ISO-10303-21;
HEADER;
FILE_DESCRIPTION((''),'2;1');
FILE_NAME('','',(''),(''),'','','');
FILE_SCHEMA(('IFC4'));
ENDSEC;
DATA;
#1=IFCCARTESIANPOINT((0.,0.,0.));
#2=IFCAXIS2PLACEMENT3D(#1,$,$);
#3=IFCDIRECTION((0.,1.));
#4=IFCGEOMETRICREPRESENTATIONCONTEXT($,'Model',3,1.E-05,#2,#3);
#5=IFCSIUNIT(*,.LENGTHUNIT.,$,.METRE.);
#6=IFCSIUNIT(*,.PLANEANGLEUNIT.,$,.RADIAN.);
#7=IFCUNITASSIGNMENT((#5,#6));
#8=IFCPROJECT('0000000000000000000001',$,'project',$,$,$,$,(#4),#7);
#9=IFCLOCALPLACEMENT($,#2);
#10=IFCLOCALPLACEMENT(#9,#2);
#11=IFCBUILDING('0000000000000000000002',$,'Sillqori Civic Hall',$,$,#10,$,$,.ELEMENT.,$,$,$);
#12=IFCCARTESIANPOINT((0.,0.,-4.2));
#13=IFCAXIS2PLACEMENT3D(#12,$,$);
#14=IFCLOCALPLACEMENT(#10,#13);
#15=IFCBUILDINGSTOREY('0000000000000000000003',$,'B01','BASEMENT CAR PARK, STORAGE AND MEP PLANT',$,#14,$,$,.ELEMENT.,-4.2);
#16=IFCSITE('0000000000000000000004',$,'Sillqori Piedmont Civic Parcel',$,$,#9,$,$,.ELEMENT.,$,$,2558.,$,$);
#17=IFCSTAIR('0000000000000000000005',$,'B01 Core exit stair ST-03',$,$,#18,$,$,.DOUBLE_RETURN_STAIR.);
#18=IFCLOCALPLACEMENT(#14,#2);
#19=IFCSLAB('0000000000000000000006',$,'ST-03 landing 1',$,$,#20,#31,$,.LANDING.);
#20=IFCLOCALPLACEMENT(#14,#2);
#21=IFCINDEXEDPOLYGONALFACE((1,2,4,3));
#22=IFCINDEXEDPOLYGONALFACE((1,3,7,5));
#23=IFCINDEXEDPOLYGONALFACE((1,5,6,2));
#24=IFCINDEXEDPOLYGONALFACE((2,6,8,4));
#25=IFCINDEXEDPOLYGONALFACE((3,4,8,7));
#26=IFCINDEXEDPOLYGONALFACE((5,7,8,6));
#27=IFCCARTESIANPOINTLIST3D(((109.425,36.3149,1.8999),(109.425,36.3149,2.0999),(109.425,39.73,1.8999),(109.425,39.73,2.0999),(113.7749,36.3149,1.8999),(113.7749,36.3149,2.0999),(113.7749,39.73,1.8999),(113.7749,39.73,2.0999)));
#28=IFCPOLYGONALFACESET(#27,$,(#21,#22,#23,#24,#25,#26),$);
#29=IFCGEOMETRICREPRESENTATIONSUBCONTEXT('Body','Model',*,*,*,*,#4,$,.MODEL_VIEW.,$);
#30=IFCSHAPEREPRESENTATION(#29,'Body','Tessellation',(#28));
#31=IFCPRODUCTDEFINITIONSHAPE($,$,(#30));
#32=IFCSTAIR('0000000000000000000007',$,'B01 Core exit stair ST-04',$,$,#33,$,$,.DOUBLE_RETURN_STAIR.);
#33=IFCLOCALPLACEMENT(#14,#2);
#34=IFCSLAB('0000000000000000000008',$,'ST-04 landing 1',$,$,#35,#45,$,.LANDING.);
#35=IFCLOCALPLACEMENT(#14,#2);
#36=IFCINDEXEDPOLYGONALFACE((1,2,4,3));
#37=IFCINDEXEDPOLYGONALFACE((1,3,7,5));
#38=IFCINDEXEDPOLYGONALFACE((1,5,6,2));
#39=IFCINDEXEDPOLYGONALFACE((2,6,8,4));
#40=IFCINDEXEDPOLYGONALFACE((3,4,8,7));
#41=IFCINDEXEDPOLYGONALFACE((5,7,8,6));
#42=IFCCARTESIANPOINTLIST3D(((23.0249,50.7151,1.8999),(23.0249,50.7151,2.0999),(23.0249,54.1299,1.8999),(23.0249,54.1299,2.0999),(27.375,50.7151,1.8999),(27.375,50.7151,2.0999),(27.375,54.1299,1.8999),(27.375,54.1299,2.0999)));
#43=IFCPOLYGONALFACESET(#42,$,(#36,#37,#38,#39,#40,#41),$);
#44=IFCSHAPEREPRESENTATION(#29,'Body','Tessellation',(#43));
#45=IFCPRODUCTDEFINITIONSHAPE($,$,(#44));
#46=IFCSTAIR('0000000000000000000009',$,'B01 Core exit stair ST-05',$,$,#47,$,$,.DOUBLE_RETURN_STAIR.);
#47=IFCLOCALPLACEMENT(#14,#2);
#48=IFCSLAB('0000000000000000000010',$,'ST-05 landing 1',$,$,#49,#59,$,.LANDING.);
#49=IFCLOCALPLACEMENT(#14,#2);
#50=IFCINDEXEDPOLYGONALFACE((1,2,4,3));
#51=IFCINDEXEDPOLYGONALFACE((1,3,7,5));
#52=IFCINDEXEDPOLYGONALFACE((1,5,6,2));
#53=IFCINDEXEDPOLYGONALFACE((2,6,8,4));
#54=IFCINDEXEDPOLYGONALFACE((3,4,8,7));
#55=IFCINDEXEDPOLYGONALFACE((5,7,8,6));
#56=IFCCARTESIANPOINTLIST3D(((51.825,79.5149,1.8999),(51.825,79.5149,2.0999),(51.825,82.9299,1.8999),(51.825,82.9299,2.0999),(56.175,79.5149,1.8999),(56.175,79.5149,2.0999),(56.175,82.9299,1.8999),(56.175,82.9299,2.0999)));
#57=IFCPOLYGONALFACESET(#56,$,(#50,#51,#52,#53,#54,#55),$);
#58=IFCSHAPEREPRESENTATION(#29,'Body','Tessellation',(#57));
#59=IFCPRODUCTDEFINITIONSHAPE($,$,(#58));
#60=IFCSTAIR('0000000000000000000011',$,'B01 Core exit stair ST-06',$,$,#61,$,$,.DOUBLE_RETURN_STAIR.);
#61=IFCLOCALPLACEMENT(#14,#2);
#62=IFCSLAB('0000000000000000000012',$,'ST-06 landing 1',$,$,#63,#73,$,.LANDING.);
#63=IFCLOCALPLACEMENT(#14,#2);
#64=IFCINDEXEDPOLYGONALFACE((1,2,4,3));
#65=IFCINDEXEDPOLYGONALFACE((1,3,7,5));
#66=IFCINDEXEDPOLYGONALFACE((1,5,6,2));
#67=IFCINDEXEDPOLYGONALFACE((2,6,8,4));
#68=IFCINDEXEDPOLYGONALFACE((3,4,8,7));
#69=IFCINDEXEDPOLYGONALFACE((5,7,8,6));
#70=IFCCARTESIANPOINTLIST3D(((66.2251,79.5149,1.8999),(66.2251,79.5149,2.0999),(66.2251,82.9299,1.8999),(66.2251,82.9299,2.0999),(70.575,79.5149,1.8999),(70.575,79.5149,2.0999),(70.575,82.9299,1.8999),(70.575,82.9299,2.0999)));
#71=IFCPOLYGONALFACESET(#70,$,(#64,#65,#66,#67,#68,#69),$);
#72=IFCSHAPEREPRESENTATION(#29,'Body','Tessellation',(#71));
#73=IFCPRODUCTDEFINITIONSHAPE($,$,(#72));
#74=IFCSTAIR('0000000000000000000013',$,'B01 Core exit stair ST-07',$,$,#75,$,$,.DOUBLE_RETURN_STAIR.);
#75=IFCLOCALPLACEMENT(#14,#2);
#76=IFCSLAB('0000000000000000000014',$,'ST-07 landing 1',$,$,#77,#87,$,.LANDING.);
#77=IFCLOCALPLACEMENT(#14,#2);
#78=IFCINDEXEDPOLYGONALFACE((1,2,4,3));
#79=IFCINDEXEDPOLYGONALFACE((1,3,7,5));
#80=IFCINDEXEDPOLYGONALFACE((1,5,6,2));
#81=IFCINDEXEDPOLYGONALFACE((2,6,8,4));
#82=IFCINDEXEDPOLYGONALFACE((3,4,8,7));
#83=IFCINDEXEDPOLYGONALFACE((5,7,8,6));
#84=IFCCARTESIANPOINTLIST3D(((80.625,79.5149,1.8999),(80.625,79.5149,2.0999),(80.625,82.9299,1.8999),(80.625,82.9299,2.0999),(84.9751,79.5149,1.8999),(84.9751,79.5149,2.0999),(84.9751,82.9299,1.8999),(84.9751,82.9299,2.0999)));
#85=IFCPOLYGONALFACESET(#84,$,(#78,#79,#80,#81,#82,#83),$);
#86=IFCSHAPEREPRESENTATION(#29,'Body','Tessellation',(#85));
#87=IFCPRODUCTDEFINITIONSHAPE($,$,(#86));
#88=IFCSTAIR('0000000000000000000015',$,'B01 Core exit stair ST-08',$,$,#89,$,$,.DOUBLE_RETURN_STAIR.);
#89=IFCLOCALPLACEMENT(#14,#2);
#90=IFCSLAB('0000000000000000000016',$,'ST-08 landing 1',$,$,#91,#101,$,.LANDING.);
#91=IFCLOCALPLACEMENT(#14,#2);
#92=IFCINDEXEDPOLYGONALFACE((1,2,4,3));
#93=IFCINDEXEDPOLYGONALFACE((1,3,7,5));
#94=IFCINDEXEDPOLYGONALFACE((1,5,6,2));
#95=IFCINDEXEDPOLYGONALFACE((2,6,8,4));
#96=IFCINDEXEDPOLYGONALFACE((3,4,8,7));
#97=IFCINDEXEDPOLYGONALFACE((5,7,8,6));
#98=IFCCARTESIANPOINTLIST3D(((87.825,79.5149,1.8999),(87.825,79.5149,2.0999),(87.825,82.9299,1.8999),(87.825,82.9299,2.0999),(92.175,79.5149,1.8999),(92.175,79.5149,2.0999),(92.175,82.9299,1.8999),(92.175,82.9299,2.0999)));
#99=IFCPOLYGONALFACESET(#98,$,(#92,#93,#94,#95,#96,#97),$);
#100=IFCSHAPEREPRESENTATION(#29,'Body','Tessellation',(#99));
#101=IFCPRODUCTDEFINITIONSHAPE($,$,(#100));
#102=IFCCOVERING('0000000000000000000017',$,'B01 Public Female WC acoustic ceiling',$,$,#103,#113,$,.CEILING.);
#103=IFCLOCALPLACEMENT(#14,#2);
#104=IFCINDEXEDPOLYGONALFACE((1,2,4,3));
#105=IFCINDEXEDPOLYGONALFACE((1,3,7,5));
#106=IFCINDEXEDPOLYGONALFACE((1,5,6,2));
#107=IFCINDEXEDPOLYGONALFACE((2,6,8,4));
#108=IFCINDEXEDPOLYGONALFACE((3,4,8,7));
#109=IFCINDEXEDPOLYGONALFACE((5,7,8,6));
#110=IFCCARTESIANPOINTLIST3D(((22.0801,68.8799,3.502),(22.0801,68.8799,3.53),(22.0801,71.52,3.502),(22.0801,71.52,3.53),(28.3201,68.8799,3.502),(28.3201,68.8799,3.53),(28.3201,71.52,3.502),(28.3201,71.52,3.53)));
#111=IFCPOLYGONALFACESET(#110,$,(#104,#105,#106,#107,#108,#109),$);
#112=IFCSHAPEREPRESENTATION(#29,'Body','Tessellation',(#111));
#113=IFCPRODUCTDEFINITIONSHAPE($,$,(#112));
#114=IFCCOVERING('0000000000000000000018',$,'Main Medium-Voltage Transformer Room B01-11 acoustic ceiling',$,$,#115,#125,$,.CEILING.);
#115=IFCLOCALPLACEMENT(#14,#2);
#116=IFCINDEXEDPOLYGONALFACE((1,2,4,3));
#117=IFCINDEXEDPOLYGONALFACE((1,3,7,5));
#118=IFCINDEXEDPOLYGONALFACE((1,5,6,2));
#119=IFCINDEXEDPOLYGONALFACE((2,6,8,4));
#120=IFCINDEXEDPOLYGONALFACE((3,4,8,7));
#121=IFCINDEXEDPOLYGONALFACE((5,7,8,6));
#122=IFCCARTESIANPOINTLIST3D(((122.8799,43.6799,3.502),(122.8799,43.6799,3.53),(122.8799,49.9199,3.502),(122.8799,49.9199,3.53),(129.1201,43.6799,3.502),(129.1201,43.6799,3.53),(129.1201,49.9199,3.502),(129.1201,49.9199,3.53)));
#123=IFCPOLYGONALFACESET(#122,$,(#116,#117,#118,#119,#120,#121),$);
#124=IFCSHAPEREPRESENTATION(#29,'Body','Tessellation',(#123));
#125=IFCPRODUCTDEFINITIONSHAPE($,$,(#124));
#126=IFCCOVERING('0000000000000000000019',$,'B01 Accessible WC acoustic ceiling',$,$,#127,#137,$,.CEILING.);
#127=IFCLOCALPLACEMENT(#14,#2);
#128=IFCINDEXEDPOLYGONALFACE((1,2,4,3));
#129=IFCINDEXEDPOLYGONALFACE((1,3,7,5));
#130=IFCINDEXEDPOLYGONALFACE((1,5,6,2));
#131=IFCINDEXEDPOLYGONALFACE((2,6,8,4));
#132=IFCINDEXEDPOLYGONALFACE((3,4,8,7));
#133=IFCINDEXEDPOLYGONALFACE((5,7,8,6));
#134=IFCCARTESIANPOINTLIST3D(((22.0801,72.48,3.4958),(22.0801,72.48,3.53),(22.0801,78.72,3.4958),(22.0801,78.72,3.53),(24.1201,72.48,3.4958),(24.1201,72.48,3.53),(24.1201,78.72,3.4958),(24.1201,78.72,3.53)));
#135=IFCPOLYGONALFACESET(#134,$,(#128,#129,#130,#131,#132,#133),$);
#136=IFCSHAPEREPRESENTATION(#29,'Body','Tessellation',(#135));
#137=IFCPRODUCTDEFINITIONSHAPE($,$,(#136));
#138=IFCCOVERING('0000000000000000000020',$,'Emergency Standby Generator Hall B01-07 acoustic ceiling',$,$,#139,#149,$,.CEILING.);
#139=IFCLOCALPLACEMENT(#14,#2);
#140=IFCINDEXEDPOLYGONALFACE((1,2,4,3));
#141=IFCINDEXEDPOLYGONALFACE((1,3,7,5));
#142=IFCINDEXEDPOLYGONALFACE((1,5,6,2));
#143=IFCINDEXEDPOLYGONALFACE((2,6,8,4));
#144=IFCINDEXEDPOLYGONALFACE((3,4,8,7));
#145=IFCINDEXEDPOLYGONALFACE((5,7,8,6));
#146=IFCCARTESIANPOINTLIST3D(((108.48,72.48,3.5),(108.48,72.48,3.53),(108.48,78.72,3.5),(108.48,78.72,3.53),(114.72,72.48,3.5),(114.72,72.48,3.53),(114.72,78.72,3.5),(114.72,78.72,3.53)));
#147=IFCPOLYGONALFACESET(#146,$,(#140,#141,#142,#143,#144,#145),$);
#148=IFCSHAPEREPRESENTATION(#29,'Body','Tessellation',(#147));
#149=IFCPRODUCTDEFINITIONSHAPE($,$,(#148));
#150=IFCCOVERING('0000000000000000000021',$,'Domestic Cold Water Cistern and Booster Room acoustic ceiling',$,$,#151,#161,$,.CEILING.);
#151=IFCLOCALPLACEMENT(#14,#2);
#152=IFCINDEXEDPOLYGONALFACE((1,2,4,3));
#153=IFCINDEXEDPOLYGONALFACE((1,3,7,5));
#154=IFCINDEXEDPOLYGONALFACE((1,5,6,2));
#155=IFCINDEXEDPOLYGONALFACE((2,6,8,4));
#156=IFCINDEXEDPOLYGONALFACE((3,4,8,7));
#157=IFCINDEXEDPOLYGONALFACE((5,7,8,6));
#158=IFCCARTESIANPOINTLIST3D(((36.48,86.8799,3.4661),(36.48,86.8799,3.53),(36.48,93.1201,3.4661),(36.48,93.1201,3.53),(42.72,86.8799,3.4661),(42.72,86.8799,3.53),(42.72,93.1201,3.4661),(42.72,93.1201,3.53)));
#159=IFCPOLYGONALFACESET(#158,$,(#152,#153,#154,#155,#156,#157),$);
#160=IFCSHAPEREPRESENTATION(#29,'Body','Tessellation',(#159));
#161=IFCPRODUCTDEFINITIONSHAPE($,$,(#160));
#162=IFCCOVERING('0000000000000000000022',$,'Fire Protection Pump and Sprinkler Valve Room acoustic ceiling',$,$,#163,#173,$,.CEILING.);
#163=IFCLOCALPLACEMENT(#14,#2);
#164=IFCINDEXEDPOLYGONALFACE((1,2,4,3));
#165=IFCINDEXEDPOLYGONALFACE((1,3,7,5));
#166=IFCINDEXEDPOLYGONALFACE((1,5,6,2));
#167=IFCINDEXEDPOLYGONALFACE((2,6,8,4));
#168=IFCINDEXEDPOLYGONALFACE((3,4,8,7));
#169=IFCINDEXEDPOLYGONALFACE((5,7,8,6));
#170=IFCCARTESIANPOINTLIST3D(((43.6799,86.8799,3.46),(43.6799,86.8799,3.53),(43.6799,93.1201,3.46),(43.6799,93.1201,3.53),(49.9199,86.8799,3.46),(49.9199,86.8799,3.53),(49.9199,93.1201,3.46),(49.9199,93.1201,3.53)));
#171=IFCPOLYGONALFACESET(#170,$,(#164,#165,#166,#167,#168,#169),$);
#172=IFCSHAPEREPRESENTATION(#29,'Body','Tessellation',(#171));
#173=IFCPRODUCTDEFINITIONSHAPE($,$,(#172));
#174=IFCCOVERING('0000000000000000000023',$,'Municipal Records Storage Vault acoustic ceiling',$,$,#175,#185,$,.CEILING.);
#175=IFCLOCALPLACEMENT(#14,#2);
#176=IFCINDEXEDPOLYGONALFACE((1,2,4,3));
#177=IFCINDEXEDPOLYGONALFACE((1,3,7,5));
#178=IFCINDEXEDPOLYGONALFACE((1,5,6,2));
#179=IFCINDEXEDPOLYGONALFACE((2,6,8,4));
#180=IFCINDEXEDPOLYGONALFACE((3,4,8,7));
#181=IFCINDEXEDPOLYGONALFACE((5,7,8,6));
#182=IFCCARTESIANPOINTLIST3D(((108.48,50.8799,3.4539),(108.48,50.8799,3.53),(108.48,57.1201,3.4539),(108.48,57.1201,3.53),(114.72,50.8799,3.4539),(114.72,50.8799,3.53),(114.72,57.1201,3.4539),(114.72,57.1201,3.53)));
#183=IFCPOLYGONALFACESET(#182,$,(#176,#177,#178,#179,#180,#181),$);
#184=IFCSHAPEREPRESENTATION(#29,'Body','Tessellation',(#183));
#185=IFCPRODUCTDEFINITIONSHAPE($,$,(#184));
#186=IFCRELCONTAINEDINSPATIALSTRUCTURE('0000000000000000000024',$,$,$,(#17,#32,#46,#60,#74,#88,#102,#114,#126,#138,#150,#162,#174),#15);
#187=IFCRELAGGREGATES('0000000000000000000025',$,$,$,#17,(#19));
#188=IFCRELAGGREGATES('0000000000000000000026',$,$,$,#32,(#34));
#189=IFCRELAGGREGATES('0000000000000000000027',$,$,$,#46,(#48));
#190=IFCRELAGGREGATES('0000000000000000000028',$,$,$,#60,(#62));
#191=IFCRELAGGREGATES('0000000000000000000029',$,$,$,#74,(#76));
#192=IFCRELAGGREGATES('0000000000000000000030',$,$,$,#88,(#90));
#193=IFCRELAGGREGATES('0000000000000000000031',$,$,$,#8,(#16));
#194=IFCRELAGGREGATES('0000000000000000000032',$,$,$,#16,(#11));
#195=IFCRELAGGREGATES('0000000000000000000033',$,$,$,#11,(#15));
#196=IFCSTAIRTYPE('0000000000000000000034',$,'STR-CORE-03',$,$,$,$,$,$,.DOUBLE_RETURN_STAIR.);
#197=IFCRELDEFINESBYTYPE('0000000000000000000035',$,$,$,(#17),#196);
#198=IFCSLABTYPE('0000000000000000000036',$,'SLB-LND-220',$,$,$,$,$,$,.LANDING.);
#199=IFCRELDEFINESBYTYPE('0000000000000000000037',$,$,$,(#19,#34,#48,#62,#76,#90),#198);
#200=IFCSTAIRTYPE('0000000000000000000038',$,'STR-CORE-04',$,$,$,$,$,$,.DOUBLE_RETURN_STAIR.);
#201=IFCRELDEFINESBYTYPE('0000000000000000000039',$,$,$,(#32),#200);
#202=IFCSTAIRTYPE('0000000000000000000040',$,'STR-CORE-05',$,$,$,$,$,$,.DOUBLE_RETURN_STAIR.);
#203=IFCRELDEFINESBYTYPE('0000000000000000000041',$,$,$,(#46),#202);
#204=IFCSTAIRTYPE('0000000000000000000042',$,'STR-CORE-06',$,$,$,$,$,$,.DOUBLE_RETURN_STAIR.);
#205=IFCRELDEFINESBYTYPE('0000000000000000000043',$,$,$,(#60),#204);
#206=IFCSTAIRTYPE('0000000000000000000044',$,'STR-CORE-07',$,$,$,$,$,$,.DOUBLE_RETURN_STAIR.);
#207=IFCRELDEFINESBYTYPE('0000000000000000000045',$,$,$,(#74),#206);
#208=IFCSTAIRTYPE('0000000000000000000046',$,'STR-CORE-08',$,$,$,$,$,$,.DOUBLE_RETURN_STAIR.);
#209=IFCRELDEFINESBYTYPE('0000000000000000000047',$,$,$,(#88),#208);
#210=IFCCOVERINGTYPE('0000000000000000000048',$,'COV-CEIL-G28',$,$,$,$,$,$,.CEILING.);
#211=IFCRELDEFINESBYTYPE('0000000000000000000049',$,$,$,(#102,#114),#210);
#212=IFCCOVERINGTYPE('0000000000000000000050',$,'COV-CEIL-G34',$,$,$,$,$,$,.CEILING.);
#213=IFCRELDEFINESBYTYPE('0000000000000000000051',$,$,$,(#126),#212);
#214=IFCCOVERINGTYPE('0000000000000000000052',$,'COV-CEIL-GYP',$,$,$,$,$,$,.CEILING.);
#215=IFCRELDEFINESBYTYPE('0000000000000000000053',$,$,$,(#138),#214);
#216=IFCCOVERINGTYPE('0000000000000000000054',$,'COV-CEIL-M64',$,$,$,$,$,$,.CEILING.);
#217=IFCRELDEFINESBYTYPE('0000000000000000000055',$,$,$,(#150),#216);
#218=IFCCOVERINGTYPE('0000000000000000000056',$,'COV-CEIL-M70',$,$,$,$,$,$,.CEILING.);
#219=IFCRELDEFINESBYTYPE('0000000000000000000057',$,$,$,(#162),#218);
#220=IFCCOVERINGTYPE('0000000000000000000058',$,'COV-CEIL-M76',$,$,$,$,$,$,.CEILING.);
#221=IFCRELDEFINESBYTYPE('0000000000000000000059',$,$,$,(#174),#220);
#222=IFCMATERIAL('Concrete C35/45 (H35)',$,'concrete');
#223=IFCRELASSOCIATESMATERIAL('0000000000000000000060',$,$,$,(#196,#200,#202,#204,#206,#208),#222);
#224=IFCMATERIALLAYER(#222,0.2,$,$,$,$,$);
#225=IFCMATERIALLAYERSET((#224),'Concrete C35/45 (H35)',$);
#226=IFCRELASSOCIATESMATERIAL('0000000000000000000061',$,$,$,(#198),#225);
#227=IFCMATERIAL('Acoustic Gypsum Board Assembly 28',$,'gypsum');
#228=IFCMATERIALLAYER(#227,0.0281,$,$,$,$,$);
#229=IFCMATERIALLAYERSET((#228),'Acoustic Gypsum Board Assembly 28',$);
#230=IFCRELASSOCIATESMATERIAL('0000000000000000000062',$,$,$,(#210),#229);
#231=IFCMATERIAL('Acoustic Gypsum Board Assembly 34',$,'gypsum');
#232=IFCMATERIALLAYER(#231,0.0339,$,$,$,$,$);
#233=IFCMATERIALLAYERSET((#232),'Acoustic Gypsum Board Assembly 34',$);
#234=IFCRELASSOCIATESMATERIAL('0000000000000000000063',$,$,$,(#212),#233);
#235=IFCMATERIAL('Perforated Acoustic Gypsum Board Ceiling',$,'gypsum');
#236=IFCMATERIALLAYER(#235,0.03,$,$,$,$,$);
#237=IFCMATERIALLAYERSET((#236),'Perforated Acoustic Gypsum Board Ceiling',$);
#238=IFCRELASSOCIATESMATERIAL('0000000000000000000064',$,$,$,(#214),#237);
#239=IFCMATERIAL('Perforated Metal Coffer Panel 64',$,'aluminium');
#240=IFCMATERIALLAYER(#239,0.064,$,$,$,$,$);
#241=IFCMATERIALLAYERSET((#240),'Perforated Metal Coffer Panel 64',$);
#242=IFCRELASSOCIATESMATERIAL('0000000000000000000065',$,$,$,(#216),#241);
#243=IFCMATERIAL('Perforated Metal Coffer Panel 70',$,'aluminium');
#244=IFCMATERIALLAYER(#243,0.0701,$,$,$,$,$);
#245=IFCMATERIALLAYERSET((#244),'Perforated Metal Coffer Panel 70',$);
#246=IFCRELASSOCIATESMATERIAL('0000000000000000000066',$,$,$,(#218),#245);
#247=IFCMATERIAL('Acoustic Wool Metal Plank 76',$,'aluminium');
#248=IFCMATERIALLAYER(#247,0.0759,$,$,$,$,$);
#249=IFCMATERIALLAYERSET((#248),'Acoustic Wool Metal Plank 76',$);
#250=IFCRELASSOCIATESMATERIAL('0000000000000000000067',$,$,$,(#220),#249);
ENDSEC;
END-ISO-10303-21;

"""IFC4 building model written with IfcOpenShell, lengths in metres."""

from ifc_helpers import new_model, si_unit, direction, frame, origin, place, context, subcontext, project, spatial, polyline, outline, extrude, material, layer, layer_set, type_object, element, aggregate, save


model = new_model("IFC4")

# Units and contexts
model_context = context("Model", 3, precision=1e-05, world=origin(), true_north=direction((0.0, 1.0)))
body_context = subcontext(model_context, "Body", "Model", "MODEL_VIEW")
ifc_project = project(units=[si_unit("LENGTHUNIT", "METRE"), si_unit("PLANEANGLEUNIT", "RADIAN")], contexts=[model_context])

# Site, building, storey
site_placement = place(None, origin())
site = spatial("IfcSite", under=ifc_project, at=site_placement, Name="Sillqori Piedmont Civic Parcel", CompositionType="ELEMENT", RefElevation=2558.0)
building_placement = place(site_placement, origin())
building = spatial("IfcBuilding", under=site, at=building_placement, Name="Sillqori Civic Hall", CompositionType="ELEMENT")
storey_placement = place(building_placement, frame((0.0, 0.0, -4.2)))
storey = spatial("IfcBuildingStorey", under=building, at=storey_placement, Name="B01", Description="BASEMENT CAR PARK, STORAGE AND MEP PLANT", CompositionType="ELEMENT", Elevation=-4.2)

# Stairs, slabs
ifc_material_1 = material(Name="Concrete C35/45 (H35)", Category="concrete")
stair_type_1 = type_object("IfcStairType", Name="STR-CORE-03", PredefinedType="DOUBLE_RETURN_STAIR", material=ifc_material_1)
stair_1_placement = place(storey_placement, origin())
stair_1 = element("IfcStair", 1, at=stair_1_placement, inside=storey, type_object=stair_type_1, Name="B01 Core exit stair ST-03", PredefinedType="DOUBLE_RETURN_STAIR")
ifc_layer_1 = layer(ifc_material_1, 0.2)
ifc_layer_set_1 = layer_set([ifc_layer_1], Name="Concrete C35/45 (H35)")
slab_type = type_object("IfcSlabType", Name="SLB-LND-220", PredefinedType="LANDING", material=ifc_layer_set_1)
slab_1_placement = place(storey_placement, frame((0.0, 0.0, 1.8999)))
slab_1 = element("IfcSlab", 2, at=slab_1_placement, type_object=slab_type, Name="ST-03 landing 1", PredefinedType="LANDING", context=body_context, shape_type="SweptSolid", body=[
    extrude(outline(polyline([(109.425, 39.73), (109.425, 36.3149), (113.7749, 36.3149), (113.7749, 39.73), (109.425, 39.73)])), origin(), (0.0, 0.0, 1.0), 0.2),
])
aggregate(stair_1, [slab_1])
stair_type_2 = type_object("IfcStairType", Name="STR-CORE-04", PredefinedType="DOUBLE_RETURN_STAIR", material=ifc_material_1)
stair_2_placement = place(storey_placement, origin())
stair_2 = element("IfcStair", 3, at=stair_2_placement, inside=storey, type_object=stair_type_2, Name="B01 Core exit stair ST-04", PredefinedType="DOUBLE_RETURN_STAIR")
slab_2_placement = place(storey_placement, frame((0.0, 0.0, 1.8999)))
slab_2 = element("IfcSlab", 4, at=slab_2_placement, type_object=slab_type, Name="ST-04 landing 1", PredefinedType="LANDING", context=body_context, shape_type="SweptSolid", body=[
    extrude(outline(polyline([(23.0249, 54.1299), (23.0249, 50.7151), (27.375, 50.7151), (27.375, 54.1299), (23.0249, 54.1299)])), origin(), (0.0, 0.0, 1.0), 0.2),
])
aggregate(stair_2, [slab_2])
stair_type_3 = type_object("IfcStairType", Name="STR-CORE-05", PredefinedType="DOUBLE_RETURN_STAIR", material=ifc_material_1)
stair_3_placement = place(storey_placement, origin())
stair_3 = element("IfcStair", 5, at=stair_3_placement, inside=storey, type_object=stair_type_3, Name="B01 Core exit stair ST-05", PredefinedType="DOUBLE_RETURN_STAIR")
slab_3_placement = place(storey_placement, frame((0.0, 0.0, 1.8999)))
slab_3 = element("IfcSlab", 6, at=slab_3_placement, type_object=slab_type, Name="ST-05 landing 1", PredefinedType="LANDING", context=body_context, shape_type="SweptSolid", body=[
    extrude(outline(polyline([(51.825, 82.9299), (51.825, 79.5149), (56.175, 79.5149), (56.175, 82.9299), (51.825, 82.9299)])), origin(), (0.0, 0.0, 1.0), 0.2),
])
aggregate(stair_3, [slab_3])
stair_type_4 = type_object("IfcStairType", Name="STR-CORE-06", PredefinedType="DOUBLE_RETURN_STAIR", material=ifc_material_1)
stair_4_placement = place(storey_placement, origin())
stair_4 = element("IfcStair", 7, at=stair_4_placement, inside=storey, type_object=stair_type_4, Name="B01 Core exit stair ST-06", PredefinedType="DOUBLE_RETURN_STAIR")
slab_4_placement = place(storey_placement, frame((0.0, 0.0, 1.8999)))
slab_4 = element("IfcSlab", 8, at=slab_4_placement, type_object=slab_type, Name="ST-06 landing 1", PredefinedType="LANDING", context=body_context, shape_type="SweptSolid", body=[
    extrude(outline(polyline([(66.2251, 82.9299), (66.2251, 79.5149), (70.575, 79.5149), (70.575, 82.9299), (66.2251, 82.9299)])), origin(), (0.0, 0.0, 1.0), 0.2),
])
aggregate(stair_4, [slab_4])
stair_type_5 = type_object("IfcStairType", Name="STR-CORE-07", PredefinedType="DOUBLE_RETURN_STAIR", material=ifc_material_1)
stair_5_placement = place(storey_placement, origin())
stair_5 = element("IfcStair", 9, at=stair_5_placement, inside=storey, type_object=stair_type_5, Name="B01 Core exit stair ST-07", PredefinedType="DOUBLE_RETURN_STAIR")
slab_5_placement = place(storey_placement, frame((0.0, 0.0, 1.8999)))
slab_5 = element("IfcSlab", 10, at=slab_5_placement, type_object=slab_type, Name="ST-07 landing 1", PredefinedType="LANDING", context=body_context, shape_type="SweptSolid", body=[
    extrude(outline(polyline([(80.625, 82.9299), (80.625, 79.5149), (84.9751, 79.5149), (84.9751, 82.9299), (80.625, 82.9299)])), origin(), (0.0, 0.0, 1.0), 0.2),
])
aggregate(stair_5, [slab_5])
stair_type_6 = type_object("IfcStairType", Name="STR-CORE-08", PredefinedType="DOUBLE_RETURN_STAIR", material=ifc_material_1)
stair_6_placement = place(storey_placement, origin())
stair_6 = element("IfcStair", 11, at=stair_6_placement, inside=storey, type_object=stair_type_6, Name="B01 Core exit stair ST-08", PredefinedType="DOUBLE_RETURN_STAIR")
slab_6_placement = place(storey_placement, frame((0.0, 0.0, 1.8999)))
slab_6 = element("IfcSlab", 12, at=slab_6_placement, type_object=slab_type, Name="ST-08 landing 1", PredefinedType="LANDING", context=body_context, shape_type="SweptSolid", body=[
    extrude(outline(polyline([(87.825, 82.9299), (87.825, 79.5149), (92.175, 79.5149), (92.175, 82.9299), (87.825, 82.9299)])), origin(), (0.0, 0.0, 1.0), 0.2),
])
aggregate(stair_6, [slab_6])

# Coverings
ifc_material_2 = material(Name="Acoustic Gypsum Board Assembly 28", Category="gypsum")
ifc_layer_2 = layer(ifc_material_2, 0.0281)
ifc_layer_set_2 = layer_set([ifc_layer_2], Name="Acoustic Gypsum Board Assembly 28")
covering_type_1 = type_object("IfcCoveringType", Name="COV-CEIL-G28", PredefinedType="CEILING", material=ifc_layer_set_2)
covering_1_placement = place(storey_placement, frame((0.0, 0.0, 3.502)))
element("IfcCovering", 13, at=covering_1_placement, inside=storey, type_object=covering_type_1, Name="B01 Public Female WC acoustic ceiling", PredefinedType="CEILING", context=body_context, shape_type="SweptSolid", body=[
    extrude(outline(polyline([(22.0801, 68.8799), (28.3201, 68.8799), (28.3201, 71.52), (22.0801, 71.52), (22.0801, 68.8799)])), origin(), (0.0, 0.0, 1.0), 0.0281),
])
covering_2_placement = place(storey_placement, frame((0.0, 0.0, 3.502)))
element("IfcCovering", 14, at=covering_2_placement, inside=storey, type_object=covering_type_1, Name="Main Medium-Voltage Transformer Room B01-11 acoustic ceiling", PredefinedType="CEILING", context=body_context, shape_type="SweptSolid", body=[
    extrude(outline(polyline([(122.8799, 43.6799), (129.1201, 43.6799), (129.1201, 49.9199), (122.8799, 49.9199), (122.8799, 43.6799)])), origin(), (0.0, 0.0, 1.0), 0.0281),
])
ifc_material_3 = material(Name="Acoustic Gypsum Board Assembly 34", Category="gypsum")
ifc_layer_3 = layer(ifc_material_3, 0.0339)
ifc_layer_set_3 = layer_set([ifc_layer_3], Name="Acoustic Gypsum Board Assembly 34")
covering_type_2 = type_object("IfcCoveringType", Name="COV-CEIL-G34", PredefinedType="CEILING", material=ifc_layer_set_3)
covering_3_placement = place(storey_placement, frame((0.0, 0.0, 3.4958)))
element("IfcCovering", 15, at=covering_3_placement, inside=storey, type_object=covering_type_2, Name="B01 Accessible WC acoustic ceiling", PredefinedType="CEILING", context=body_context, shape_type="SweptSolid", body=[
    extrude(outline(polyline([(22.0801, 72.48), (24.1201, 72.48), (24.1201, 78.72), (22.0801, 78.72), (22.0801, 72.48)])), origin(), (0.0, 0.0, 1.0), 0.0342),
])
ifc_material_4 = material(Name="Perforated Acoustic Gypsum Board Ceiling", Category="gypsum")
ifc_layer_4 = layer(ifc_material_4, 0.03)
ifc_layer_set_4 = layer_set([ifc_layer_4], Name="Perforated Acoustic Gypsum Board Ceiling")
covering_type_3 = type_object("IfcCoveringType", Name="COV-CEIL-GYP", PredefinedType="CEILING", material=ifc_layer_set_4)
covering_4_placement = place(storey_placement, frame((0.0, 0.0, 3.5)))
element("IfcCovering", 16, at=covering_4_placement, inside=storey, type_object=covering_type_3, Name="Emergency Standby Generator Hall B01-07 acoustic ceiling", PredefinedType="CEILING", context=body_context, shape_type="SweptSolid", body=[
    extrude(outline(polyline([(108.48, 72.48), (114.72, 72.48), (114.72, 78.72), (108.48, 78.72), (108.48, 72.48)])), origin(), (0.0, 0.0, 1.0), 0.03),
])
ifc_material_5 = material(Name="Perforated Metal Coffer Panel 64", Category="aluminium")
ifc_layer_5 = layer(ifc_material_5, 0.064)
ifc_layer_set_5 = layer_set([ifc_layer_5], Name="Perforated Metal Coffer Panel 64")
covering_type_4 = type_object("IfcCoveringType", Name="COV-CEIL-M64", PredefinedType="CEILING", material=ifc_layer_set_5)
covering_5_placement = place(storey_placement, frame((0.0, 0.0, 3.4661)))
element("IfcCovering", 17, at=covering_5_placement, inside=storey, type_object=covering_type_4, Name="Domestic Cold Water Cistern and Booster Room acoustic ceiling", PredefinedType="CEILING", context=body_context, shape_type="SweptSolid", body=[
    extrude(outline(polyline([(36.48, 86.8799), (42.72, 86.8799), (42.72, 93.1201), (36.48, 93.1201), (36.48, 86.8799)])), origin(), (0.0, 0.0, 1.0), 0.064),
])
ifc_material_6 = material(Name="Perforated Metal Coffer Panel 70", Category="aluminium")
ifc_layer_6 = layer(ifc_material_6, 0.0701)
ifc_layer_set_6 = layer_set([ifc_layer_6], Name="Perforated Metal Coffer Panel 70")
covering_type_5 = type_object("IfcCoveringType", Name="COV-CEIL-M70", PredefinedType="CEILING", material=ifc_layer_set_6)
covering_6_placement = place(storey_placement, frame((0.0, 0.0, 3.46)))
element("IfcCovering", 18, at=covering_6_placement, inside=storey, type_object=covering_type_5, Name="Fire Protection Pump and Sprinkler Valve Room acoustic ceiling", PredefinedType="CEILING", context=body_context, shape_type="SweptSolid", body=[
    extrude(outline(polyline([(43.6799, 86.8799), (49.9199, 86.8799), (49.9199, 93.1201), (43.6799, 93.1201), (43.6799, 86.8799)])), origin(), (0.0, 0.0, 1.0), 0.0701),
])
ifc_material_7 = material(Name="Acoustic Wool Metal Plank 76", Category="aluminium")
ifc_layer_7 = layer(ifc_material_7, 0.0759)
ifc_layer_set_7 = layer_set([ifc_layer_7], Name="Acoustic Wool Metal Plank 76")
covering_type_6 = type_object("IfcCoveringType", Name="COV-CEIL-M76", PredefinedType="CEILING", material=ifc_layer_set_7)
covering_7_placement = place(storey_placement, frame((0.0, 0.0, 3.4539)))
element("IfcCovering", 19, at=covering_7_placement, inside=storey, type_object=covering_type_6, Name="Municipal Records Storage Vault acoustic ceiling", PredefinedType="CEILING", context=body_context, shape_type="SweptSolid", body=[
    extrude(outline(polyline([(108.48, 50.8799), (114.72, 50.8799), (114.72, 57.1201), (108.48, 57.1201), (108.48, 50.8799)])), origin(), (0.0, 0.0, 1.0), 0.0762),
])

save(model, "model.ifc")
